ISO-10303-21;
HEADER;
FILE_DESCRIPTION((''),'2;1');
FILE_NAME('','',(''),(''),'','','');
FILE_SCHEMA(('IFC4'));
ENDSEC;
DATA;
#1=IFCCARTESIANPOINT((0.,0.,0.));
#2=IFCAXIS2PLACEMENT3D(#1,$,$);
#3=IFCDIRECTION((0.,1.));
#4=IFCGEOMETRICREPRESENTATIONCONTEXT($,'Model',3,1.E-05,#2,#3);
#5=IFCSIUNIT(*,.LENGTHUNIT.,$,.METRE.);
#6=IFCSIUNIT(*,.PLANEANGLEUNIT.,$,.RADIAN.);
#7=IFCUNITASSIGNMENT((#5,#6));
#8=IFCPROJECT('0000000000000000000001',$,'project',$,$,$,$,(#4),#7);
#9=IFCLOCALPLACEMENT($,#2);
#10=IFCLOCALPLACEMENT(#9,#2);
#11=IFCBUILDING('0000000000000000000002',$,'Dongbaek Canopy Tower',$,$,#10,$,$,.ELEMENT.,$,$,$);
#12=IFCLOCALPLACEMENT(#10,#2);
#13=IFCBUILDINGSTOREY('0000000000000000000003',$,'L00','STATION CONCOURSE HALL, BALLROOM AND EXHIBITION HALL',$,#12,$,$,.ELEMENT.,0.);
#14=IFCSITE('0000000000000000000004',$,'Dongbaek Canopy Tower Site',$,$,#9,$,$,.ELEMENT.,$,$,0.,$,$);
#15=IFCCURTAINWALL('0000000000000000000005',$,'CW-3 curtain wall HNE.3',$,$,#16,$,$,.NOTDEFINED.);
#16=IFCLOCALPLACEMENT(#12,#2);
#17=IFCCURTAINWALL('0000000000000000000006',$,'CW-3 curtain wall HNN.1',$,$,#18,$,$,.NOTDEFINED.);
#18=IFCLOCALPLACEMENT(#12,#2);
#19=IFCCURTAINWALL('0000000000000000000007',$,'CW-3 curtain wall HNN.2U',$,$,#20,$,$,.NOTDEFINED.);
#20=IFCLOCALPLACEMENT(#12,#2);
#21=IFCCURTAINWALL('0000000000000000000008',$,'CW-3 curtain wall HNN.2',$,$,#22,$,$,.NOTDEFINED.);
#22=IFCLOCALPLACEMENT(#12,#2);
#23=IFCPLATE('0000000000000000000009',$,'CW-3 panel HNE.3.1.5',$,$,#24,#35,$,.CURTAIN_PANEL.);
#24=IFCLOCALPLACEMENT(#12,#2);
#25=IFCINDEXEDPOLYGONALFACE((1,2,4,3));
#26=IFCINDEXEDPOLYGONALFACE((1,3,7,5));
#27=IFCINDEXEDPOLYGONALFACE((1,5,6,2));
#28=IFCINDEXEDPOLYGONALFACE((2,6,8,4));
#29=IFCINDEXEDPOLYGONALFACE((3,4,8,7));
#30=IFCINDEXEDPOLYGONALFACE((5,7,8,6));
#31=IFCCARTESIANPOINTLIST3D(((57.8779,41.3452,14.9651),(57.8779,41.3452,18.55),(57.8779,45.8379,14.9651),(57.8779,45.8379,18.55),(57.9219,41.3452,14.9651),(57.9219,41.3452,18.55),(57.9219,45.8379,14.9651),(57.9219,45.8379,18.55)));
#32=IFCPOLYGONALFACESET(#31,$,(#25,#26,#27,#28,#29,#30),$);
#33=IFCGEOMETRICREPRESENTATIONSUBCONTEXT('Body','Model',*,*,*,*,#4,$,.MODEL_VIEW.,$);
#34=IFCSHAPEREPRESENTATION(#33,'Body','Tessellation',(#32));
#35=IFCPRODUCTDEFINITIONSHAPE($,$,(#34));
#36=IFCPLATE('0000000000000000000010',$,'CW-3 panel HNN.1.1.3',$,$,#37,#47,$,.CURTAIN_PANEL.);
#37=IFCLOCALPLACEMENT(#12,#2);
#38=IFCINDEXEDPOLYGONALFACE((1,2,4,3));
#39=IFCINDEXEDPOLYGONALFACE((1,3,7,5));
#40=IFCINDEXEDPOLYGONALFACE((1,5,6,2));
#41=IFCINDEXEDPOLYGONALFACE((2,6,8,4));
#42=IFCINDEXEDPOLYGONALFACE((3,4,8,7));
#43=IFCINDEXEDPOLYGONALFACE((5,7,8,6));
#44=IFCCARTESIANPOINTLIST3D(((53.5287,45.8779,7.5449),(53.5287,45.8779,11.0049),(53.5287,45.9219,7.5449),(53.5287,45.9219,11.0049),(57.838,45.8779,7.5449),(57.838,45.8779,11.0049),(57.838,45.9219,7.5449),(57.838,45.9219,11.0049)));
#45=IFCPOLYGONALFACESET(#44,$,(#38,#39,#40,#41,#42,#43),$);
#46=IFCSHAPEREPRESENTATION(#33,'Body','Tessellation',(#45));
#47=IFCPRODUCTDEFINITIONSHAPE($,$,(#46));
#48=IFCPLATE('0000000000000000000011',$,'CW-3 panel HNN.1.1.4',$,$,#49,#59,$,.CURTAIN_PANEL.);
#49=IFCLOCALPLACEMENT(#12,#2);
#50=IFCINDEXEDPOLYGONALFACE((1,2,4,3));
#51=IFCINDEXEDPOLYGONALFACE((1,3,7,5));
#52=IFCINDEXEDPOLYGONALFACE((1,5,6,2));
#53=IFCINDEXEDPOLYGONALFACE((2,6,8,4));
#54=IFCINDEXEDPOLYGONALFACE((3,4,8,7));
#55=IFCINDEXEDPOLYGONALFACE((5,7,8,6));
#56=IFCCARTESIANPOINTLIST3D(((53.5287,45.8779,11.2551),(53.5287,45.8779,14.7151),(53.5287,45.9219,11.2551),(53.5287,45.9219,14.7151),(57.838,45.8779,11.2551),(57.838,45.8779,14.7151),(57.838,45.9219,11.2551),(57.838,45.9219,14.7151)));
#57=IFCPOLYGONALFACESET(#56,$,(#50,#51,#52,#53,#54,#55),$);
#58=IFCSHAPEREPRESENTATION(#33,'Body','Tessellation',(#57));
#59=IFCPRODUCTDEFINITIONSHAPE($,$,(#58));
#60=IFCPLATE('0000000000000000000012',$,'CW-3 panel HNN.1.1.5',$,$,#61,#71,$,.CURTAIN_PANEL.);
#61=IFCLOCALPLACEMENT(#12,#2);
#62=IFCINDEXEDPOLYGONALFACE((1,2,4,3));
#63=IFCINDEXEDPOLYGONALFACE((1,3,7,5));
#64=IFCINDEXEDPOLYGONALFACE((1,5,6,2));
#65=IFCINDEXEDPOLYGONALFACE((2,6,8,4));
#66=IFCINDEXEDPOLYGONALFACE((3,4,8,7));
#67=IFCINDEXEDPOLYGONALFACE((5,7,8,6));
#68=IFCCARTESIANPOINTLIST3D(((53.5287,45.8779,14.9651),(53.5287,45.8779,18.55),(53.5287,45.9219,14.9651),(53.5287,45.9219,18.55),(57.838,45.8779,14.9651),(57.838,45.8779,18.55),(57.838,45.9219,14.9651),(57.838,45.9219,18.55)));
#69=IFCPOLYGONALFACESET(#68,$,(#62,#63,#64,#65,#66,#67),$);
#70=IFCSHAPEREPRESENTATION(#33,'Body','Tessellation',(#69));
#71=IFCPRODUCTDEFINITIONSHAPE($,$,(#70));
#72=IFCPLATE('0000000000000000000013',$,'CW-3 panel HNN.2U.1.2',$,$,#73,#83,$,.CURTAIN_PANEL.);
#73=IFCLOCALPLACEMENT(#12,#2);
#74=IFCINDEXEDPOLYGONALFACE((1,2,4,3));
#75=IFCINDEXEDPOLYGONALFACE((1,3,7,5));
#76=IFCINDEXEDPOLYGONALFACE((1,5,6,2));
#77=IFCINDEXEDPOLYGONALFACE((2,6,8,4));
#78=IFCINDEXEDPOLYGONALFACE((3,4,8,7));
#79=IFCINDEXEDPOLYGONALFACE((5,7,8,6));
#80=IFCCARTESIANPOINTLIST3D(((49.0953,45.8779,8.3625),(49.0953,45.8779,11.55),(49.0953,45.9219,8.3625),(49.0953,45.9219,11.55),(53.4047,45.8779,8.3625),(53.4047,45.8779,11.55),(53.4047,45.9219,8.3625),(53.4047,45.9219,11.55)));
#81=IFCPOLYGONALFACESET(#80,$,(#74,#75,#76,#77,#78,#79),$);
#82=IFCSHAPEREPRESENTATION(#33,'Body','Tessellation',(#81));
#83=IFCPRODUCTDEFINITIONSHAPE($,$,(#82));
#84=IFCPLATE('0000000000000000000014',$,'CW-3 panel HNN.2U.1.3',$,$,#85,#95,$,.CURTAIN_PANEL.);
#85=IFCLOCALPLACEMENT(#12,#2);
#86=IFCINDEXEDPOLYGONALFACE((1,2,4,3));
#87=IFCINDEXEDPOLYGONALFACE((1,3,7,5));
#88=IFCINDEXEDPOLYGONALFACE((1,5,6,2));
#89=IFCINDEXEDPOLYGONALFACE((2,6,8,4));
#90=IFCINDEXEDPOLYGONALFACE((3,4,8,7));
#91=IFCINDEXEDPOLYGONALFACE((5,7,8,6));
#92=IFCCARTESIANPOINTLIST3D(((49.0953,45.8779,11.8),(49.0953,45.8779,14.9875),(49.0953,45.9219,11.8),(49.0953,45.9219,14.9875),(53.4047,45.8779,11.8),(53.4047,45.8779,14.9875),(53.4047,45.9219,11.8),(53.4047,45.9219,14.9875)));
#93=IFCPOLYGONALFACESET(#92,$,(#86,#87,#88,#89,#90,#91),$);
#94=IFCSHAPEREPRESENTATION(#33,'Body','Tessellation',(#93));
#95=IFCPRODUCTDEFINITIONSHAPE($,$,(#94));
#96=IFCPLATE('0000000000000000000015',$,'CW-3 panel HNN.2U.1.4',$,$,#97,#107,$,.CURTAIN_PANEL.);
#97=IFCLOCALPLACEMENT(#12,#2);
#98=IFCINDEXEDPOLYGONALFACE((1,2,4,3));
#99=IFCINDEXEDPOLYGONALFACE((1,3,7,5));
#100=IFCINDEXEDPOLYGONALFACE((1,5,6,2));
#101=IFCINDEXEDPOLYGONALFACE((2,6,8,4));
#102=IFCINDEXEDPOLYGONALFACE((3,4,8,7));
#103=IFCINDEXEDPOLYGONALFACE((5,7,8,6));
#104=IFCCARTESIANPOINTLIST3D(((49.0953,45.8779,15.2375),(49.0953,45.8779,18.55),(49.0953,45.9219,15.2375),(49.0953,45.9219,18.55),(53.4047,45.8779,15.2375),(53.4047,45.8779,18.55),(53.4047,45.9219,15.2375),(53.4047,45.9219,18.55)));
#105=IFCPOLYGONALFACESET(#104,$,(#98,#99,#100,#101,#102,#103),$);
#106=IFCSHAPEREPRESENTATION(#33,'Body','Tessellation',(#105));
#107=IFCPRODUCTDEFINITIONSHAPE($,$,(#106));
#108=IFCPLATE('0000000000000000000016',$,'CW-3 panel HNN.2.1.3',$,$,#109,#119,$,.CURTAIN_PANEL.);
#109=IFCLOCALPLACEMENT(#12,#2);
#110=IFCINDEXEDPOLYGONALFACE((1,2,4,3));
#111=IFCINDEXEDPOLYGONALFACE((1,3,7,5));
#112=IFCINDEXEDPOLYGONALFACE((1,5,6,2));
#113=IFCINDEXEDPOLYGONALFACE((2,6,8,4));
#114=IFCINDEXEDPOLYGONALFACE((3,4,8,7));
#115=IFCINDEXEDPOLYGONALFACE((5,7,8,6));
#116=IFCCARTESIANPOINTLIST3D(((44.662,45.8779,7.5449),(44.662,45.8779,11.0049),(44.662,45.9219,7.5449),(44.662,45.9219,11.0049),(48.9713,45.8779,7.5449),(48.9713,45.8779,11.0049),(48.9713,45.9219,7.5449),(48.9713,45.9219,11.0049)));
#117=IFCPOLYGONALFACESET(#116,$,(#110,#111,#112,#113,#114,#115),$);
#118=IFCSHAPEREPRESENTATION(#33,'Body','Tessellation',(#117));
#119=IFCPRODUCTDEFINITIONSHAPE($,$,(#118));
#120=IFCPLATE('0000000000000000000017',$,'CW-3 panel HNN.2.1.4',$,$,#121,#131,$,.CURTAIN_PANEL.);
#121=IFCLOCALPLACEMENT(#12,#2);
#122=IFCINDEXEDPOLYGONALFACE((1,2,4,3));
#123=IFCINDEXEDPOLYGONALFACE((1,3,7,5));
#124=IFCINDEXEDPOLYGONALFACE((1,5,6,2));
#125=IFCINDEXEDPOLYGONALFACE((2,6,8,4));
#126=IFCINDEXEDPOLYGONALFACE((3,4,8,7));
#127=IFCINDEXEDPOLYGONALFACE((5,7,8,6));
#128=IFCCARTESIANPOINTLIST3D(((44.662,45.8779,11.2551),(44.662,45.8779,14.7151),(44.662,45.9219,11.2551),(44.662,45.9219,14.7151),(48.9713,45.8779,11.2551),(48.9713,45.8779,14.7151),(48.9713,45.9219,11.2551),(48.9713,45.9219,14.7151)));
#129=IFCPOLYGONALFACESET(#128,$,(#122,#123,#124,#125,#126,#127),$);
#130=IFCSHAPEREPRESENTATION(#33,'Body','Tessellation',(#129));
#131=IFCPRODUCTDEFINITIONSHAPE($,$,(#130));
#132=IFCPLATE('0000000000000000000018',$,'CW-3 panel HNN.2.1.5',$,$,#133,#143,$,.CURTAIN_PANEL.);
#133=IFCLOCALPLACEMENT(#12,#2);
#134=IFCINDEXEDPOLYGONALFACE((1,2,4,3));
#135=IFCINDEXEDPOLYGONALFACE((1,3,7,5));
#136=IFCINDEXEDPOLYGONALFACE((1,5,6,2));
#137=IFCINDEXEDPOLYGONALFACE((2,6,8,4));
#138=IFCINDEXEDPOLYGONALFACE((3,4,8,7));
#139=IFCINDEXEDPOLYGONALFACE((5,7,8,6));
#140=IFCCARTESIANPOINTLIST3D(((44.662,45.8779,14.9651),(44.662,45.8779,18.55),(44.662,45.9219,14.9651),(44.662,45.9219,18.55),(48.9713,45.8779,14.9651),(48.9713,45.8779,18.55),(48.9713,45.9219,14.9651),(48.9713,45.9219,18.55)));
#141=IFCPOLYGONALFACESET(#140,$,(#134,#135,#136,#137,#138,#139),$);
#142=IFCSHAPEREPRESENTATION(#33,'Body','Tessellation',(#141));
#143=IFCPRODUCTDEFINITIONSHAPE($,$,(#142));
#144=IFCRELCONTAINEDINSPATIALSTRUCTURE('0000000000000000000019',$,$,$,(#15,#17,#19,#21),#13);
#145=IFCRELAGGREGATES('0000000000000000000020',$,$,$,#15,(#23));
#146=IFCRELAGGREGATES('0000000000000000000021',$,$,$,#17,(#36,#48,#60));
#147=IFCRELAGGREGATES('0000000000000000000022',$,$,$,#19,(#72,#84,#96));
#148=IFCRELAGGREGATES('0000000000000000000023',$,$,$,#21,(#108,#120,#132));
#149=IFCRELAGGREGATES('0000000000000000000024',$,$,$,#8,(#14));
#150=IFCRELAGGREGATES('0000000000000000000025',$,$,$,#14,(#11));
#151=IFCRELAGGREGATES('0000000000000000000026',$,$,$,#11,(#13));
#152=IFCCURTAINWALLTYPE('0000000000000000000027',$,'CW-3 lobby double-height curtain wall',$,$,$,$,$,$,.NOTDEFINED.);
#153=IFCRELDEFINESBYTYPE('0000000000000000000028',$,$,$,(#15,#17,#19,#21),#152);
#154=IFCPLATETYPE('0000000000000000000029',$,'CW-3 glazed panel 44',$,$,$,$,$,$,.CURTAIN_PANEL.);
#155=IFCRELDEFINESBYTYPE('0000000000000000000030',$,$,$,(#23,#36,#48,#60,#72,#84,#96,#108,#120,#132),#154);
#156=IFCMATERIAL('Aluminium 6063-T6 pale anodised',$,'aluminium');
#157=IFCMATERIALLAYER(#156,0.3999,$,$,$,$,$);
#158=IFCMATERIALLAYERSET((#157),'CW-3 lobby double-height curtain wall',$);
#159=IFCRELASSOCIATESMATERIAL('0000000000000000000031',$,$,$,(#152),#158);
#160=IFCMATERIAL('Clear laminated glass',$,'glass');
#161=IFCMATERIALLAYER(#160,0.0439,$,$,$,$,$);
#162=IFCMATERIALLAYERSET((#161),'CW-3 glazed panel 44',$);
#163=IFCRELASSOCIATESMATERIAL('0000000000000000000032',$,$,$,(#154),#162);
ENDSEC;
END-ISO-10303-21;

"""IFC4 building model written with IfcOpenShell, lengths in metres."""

from ifc_helpers import new_model, si_unit, direction, frame, origin, origin_2d, place, context, subcontext, project, spatial, rectangle, extrude, material, layer, layer_set, type_object, element, aggregate, save


model = new_model("IFC4")

# Units and contexts
model_context = context("Model", 3, precision=1e-05, world=origin(), true_north=direction((0.0, 1.0)))
body_context = subcontext(model_context, "Body", "Model", "MODEL_VIEW")
ifc_project = project(units=[si_unit("LENGTHUNIT", "METRE"), si_unit("PLANEANGLEUNIT", "RADIAN")], contexts=[model_context])

# Site, building, storey
site_placement = place(None, origin())
site = spatial("IfcSite", under=ifc_project, at=site_placement, Name="Dongbaek Canopy Tower Site", CompositionType="ELEMENT", RefElevation=0.0)
building_placement = place(site_placement, origin())
building = spatial("IfcBuilding", under=site, at=building_placement, Name="Dongbaek Canopy Tower", CompositionType="ELEMENT")
storey_placement = place(building_placement, origin())
storey = spatial("IfcBuildingStorey", under=building, at=storey_placement, Name="L00", Description="STATION CONCOURSE HALL, BALLROOM AND EXHIBITION HALL", CompositionType="ELEMENT", Elevation=0.0)

# Curtain walls
ifc_material_1 = material(Name="Aluminium 6063-T6 pale anodised", Category="aluminium")
ifc_layer_1 = layer(ifc_material_1, 0.3999)
ifc_layer_set_1 = layer_set([ifc_layer_1], Name="CW-3 lobby double-height curtain wall")
curtain_wall_type = type_object("IfcCurtainWallType", Name="CW-3 lobby double-height curtain wall", PredefinedType="NOTDEFINED", material=ifc_layer_set_1)
curtain_wall_1_placement = place(storey_placement, origin())
curtain_wall_1 = element("IfcCurtainWall", 1, at=curtain_wall_1_placement, inside=storey, type_object=curtain_wall_type, Name="CW-3 curtain wall HNE.3", PredefinedType="NOTDEFINED")
curtain_wall_2_placement = place(storey_placement, origin())
curtain_wall_2 = element("IfcCurtainWall", 2, at=curtain_wall_2_placement, inside=storey, type_object=curtain_wall_type, Name="CW-3 curtain wall HNN.1", PredefinedType="NOTDEFINED")
curtain_wall_3_placement = place(storey_placement, origin())
curtain_wall_3 = element("IfcCurtainWall", 3, at=curtain_wall_3_placement, inside=storey, type_object=curtain_wall_type, Name="CW-3 curtain wall HNN.2U", PredefinedType="NOTDEFINED")
curtain_wall_4_placement = place(storey_placement, origin())
curtain_wall_4 = element("IfcCurtainWall", 4, at=curtain_wall_4_placement, inside=storey, type_object=curtain_wall_type, Name="CW-3 curtain wall HNN.2", PredefinedType="NOTDEFINED")

# Plates
ifc_material_2 = material(Name="Clear laminated glass", Category="glass")
ifc_layer_2 = layer(ifc_material_2, 0.0439)
ifc_layer_set_2 = layer_set([ifc_layer_2], Name="CW-3 glazed panel 44")
plate_type = type_object("IfcPlateType", Name="CW-3 glazed panel 44", PredefinedType="CURTAIN_PANEL", material=ifc_layer_set_2)
plate_1_placement = place(storey_placement, frame((57.8999, 43.5916, 14.9651), z_axis=(0.0, 0.0, 1.0), x_axis=(0.0, 1.0, 0.0)))
plate_1 = element("IfcPlate", 5, at=plate_1_placement, type_object=plate_type, Name="CW-3 panel HNE.3.1.5", PredefinedType="CURTAIN_PANEL", context=body_context, shape_type="SweptSolid", body=[
    extrude(rectangle(XDim=4.4927, YDim=0.0439, at=origin_2d()), origin(), (0.0, 0.0, 1.0), 3.585),
])
aggregate(curtain_wall_1, [plate_1])
plate_2_placement = place(storey_placement, frame((55.6833, 45.8999, 7.5449), z_axis=(0.0, 0.0, 1.0), x_axis=(-1.0, 0.0, 0.0)))
plate_2 = element("IfcPlate", 6, at=plate_2_placement, type_object=plate_type, Name="CW-3 panel HNN.1.1.3", PredefinedType="CURTAIN_PANEL", context=body_context, shape_type="SweptSolid", body=[
    extrude(rectangle(XDim=4.3093, YDim=0.0439, at=origin_2d()), origin(), (0.0, 0.0, 1.0), 3.46),
])
plate_3_placement = place(storey_placement, frame((55.6833, 45.8999, 11.2551), z_axis=(0.0, 0.0, 1.0), x_axis=(-1.0, 0.0, 0.0)))
plate_3 = element("IfcPlate", 7, at=plate_3_placement, type_object=plate_type, Name="CW-3 panel HNN.1.1.4", PredefinedType="CURTAIN_PANEL", context=body_context, shape_type="SweptSolid", body=[
    extrude(rectangle(XDim=4.3093, YDim=0.0439, at=origin_2d()), origin(), (0.0, 0.0, 1.0), 3.46),
])
plate_4_placement = place(storey_placement, frame((55.6833, 45.8999, 14.9651), z_axis=(0.0, 0.0, 1.0), x_axis=(-1.0, 0.0, 0.0)))
plate_4 = element("IfcPlate", 8, at=plate_4_placement, type_object=plate_type, Name="CW-3 panel HNN.1.1.5", PredefinedType="CURTAIN_PANEL", context=body_context, shape_type="SweptSolid", body=[
    extrude(rectangle(XDim=4.3093, YDim=0.0439, at=origin_2d()), origin(), (0.0, 0.0, 1.0), 3.585),
])
aggregate(curtain_wall_2, [plate_2, plate_3, plate_4])
plate_5_placement = place(storey_placement, frame((51.25, 45.8999, 8.3625), z_axis=(0.0, 0.0, 1.0), x_axis=(-1.0, 0.0, 0.0)))
plate_5 = element("IfcPlate", 9, at=plate_5_placement, type_object=plate_type, Name="CW-3 panel HNN.2U.1.2", PredefinedType="CURTAIN_PANEL", context=body_context, shape_type="SweptSolid", body=[
    extrude(rectangle(XDim=4.3093, YDim=0.0439, at=origin_2d()), origin(), (0.0, 0.0, 1.0), 3.1875),
])
plate_6_placement = place(storey_placement, frame((51.25, 45.8999, 11.8), z_axis=(0.0, 0.0, 1.0), x_axis=(-1.0, 0.0, 0.0)))
plate_6 = element("IfcPlate", 10, at=plate_6_placement, type_object=plate_type, Name="CW-3 panel HNN.2U.1.3", PredefinedType="CURTAIN_PANEL", context=body_context, shape_type="SweptSolid", body=[
    extrude(rectangle(XDim=4.3093, YDim=0.0439, at=origin_2d()), origin(), (0.0, 0.0, 1.0), 3.1875),
])
plate_7_placement = place(storey_placement, frame((51.25, 45.8999, 15.2375), z_axis=(0.0, 0.0, 1.0), x_axis=(-1.0, 0.0, 0.0)))
plate_7 = element("IfcPlate", 11, at=plate_7_placement, type_object=plate_type, Name="CW-3 panel HNN.2U.1.4", PredefinedType="CURTAIN_PANEL", context=body_context, shape_type="SweptSolid", body=[
    extrude(rectangle(XDim=4.3093, YDim=0.0439, at=origin_2d()), origin(), (0.0, 0.0, 1.0), 3.3125),
])
aggregate(curtain_wall_3, [plate_5, plate_6, plate_7])
plate_8_placement = place(storey_placement, frame((46.8167, 45.8999, 7.5449), z_axis=(0.0, 0.0, 1.0), x_axis=(-1.0, 0.0, 0.0)))
plate_8 = element("IfcPlate", 12, at=plate_8_placement, type_object=plate_type, Name="CW-3 panel HNN.2.1.3", PredefinedType="CURTAIN_PANEL", context=body_context, shape_type="SweptSolid", body=[
    extrude(rectangle(XDim=4.3093, YDim=0.0439, at=origin_2d()), origin(), (0.0, 0.0, 1.0), 3.46),
])
plate_9_placement = place(storey_placement, frame((46.8167, 45.8999, 11.2551), z_axis=(0.0, 0.0, 1.0), x_axis=(-1.0, 0.0, 0.0)))
plate_9 = element("IfcPlate", 13, at=plate_9_placement, type_object=plate_type, Name="CW-3 panel HNN.2.1.4", PredefinedType="CURTAIN_PANEL", context=body_context, shape_type="SweptSolid", body=[
    extrude(rectangle(XDim=4.3093, YDim=0.0439, at=origin_2d()), origin(), (0.0, 0.0, 1.0), 3.46),
])
plate_10_placement = place(storey_placement, frame((46.8167, 45.8999, 14.9651), z_axis=(0.0, 0.0, 1.0), x_axis=(-1.0, 0.0, 0.0)))
plate_10 = element("IfcPlate", 14, at=plate_10_placement, type_object=plate_type, Name="CW-3 panel HNN.2.1.5", PredefinedType="CURTAIN_PANEL", context=body_context, shape_type="SweptSolid", body=[
    extrude(rectangle(XDim=4.3093, YDim=0.0439, at=origin_2d()), origin(), (0.0, 0.0, 1.0), 3.585),
])
aggregate(curtain_wall_4, [plate_8, plate_9, plate_10])

save(model, "model.ifc")
